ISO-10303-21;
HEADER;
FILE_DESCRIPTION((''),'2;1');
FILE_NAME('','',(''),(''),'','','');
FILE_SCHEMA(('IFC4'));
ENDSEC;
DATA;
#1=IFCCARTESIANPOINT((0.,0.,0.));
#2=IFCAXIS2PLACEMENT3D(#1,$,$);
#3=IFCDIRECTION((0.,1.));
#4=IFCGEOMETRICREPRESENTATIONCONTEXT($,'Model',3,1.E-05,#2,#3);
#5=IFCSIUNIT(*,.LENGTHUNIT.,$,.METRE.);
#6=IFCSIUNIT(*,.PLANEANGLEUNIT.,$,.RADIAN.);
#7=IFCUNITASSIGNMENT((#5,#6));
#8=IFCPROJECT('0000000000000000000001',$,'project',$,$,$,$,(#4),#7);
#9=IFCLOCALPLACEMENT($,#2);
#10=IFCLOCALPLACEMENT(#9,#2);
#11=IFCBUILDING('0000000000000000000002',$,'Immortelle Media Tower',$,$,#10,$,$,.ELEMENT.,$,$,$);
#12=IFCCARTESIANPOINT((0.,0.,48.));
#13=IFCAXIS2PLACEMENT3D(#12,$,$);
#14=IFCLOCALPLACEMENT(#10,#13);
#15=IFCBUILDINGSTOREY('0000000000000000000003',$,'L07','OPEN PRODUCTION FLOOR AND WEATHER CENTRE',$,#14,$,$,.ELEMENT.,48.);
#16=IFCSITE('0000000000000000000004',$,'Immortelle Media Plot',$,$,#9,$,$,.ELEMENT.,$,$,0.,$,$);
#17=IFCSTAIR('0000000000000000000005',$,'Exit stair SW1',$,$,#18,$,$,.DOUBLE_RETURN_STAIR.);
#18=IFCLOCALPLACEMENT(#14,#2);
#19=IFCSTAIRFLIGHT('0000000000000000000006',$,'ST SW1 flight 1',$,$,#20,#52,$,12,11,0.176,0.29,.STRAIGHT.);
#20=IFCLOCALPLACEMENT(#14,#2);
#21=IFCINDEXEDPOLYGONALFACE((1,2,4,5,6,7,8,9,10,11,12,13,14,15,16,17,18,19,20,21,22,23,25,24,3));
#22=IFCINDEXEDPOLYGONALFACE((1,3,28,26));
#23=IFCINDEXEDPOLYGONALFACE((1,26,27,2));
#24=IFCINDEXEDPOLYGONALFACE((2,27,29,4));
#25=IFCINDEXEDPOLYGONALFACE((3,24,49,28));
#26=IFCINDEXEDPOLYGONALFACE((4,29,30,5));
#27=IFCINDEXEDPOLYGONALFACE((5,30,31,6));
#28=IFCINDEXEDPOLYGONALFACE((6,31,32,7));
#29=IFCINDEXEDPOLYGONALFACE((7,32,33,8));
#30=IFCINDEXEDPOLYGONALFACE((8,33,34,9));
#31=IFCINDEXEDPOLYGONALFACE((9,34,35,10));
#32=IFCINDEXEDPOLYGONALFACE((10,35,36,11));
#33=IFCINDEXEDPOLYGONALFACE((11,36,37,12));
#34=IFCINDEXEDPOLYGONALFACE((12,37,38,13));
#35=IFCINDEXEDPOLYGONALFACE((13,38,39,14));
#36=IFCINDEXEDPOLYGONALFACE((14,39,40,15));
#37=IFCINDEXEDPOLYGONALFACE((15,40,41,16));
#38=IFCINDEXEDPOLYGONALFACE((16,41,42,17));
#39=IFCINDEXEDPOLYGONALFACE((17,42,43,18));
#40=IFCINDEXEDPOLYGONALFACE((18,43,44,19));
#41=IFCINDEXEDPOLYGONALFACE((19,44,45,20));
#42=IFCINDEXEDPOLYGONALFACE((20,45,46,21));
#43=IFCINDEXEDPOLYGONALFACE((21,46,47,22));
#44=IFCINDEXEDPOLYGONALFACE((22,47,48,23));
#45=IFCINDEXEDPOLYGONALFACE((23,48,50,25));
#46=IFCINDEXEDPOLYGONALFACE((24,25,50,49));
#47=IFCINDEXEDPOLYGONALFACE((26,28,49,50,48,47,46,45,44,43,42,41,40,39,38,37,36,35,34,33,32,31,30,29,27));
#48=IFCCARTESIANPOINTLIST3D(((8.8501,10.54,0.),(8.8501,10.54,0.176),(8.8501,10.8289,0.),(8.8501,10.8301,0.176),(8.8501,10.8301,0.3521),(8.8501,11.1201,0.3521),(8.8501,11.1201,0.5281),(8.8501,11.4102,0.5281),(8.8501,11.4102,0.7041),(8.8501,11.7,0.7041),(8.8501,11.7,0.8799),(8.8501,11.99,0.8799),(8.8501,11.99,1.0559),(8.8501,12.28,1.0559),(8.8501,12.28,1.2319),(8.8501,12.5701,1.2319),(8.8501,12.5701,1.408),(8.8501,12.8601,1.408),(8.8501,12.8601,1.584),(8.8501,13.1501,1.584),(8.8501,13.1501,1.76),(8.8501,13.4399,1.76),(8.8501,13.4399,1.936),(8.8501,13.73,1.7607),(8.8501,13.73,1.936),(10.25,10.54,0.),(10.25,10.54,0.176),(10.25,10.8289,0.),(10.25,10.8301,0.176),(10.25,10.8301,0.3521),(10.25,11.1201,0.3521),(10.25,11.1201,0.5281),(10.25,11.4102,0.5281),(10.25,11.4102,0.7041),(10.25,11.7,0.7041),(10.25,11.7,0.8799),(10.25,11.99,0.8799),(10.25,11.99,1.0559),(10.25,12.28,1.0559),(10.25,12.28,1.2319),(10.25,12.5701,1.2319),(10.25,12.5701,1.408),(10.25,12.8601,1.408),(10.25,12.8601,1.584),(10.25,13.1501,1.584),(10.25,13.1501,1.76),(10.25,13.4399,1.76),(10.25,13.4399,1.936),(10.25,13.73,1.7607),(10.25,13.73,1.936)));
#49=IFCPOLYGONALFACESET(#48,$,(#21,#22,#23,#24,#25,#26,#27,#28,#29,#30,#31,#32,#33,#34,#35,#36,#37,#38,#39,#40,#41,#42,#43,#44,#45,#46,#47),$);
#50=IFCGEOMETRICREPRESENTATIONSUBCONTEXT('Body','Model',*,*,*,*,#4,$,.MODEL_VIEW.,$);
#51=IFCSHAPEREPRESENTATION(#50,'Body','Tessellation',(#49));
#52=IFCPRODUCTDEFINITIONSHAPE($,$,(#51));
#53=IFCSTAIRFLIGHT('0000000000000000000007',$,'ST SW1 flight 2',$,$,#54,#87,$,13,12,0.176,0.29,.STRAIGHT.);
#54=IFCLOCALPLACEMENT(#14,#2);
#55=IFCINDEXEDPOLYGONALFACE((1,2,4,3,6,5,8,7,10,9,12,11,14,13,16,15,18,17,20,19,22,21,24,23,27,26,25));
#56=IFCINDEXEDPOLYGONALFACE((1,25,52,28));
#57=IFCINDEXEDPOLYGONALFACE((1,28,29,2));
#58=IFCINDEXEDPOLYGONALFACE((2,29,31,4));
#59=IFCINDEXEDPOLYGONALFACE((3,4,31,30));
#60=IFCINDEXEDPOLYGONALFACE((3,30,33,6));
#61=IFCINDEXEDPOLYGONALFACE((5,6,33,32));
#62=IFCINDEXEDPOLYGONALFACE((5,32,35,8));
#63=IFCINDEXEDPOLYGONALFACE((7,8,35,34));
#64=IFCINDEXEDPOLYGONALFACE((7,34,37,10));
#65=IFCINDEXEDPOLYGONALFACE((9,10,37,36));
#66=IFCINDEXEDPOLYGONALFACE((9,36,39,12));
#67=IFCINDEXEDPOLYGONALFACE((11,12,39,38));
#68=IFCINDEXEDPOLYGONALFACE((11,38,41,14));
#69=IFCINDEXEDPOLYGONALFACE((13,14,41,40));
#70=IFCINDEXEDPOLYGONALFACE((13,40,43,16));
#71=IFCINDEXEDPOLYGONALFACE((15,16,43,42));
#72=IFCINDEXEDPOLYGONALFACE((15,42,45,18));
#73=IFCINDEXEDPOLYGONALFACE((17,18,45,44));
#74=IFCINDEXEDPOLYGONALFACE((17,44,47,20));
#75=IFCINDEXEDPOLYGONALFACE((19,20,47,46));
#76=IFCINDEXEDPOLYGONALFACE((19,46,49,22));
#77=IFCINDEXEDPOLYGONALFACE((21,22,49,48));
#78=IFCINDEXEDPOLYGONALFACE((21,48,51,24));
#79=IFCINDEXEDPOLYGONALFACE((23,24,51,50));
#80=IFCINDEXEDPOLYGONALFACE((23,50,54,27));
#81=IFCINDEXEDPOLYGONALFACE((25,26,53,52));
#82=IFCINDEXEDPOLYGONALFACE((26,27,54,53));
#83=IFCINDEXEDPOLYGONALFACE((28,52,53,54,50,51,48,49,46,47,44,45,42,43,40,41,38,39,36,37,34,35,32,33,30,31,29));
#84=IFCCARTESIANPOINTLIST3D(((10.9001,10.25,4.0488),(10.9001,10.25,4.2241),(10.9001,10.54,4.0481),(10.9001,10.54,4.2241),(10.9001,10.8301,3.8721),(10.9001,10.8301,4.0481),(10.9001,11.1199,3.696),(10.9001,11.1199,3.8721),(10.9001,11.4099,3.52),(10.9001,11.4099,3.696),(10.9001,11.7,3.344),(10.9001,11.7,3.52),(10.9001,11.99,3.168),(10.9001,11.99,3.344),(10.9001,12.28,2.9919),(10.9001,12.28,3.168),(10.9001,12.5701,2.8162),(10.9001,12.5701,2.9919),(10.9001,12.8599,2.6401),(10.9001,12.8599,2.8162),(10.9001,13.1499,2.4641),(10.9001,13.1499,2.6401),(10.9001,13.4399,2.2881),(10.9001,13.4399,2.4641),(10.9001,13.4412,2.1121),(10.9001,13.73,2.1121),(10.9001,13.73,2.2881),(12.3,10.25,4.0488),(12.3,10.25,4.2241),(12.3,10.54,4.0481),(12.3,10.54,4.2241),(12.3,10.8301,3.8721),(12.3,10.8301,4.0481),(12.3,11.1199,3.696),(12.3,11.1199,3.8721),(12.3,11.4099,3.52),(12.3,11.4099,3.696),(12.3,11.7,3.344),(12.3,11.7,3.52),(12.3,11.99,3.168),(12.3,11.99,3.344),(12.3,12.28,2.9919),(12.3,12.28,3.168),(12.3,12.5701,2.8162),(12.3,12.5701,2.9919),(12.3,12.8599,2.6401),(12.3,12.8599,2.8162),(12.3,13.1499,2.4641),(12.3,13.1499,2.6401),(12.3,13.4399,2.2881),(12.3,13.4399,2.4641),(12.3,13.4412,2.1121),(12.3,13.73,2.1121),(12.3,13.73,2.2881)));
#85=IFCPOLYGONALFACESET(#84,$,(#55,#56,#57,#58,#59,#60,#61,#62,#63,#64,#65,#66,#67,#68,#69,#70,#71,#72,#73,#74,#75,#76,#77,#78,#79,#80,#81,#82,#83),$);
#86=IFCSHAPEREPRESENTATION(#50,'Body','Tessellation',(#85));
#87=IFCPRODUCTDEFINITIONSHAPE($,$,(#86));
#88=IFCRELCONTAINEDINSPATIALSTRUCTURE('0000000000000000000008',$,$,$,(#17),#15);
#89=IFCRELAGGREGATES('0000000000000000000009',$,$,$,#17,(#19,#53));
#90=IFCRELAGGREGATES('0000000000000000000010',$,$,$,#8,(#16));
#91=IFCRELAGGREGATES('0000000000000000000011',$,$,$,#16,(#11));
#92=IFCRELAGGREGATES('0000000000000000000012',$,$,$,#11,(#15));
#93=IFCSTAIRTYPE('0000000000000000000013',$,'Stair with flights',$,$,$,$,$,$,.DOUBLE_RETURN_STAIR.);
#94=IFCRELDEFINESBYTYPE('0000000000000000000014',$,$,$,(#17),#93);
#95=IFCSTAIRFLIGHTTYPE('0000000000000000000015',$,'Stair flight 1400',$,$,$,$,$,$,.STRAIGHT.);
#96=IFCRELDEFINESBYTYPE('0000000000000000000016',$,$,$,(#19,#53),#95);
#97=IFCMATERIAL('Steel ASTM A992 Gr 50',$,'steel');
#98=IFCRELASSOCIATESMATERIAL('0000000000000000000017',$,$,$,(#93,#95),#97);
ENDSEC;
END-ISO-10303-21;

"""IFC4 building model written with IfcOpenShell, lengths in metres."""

from ifc_helpers import new_model, si_unit, direction, frame, origin, place, context, subcontext, project, spatial, polyline, outline, extrude, material, type_object, element, aggregate, save


model = new_model("IFC4")

# Units and contexts
model_context = context("Model", 3, precision=1e-05, world=origin(), true_north=direction((0.0, 1.0)))
body_context = subcontext(model_context, "Body", "Model", "MODEL_VIEW")
ifc_project = project(units=[si_unit("LENGTHUNIT", "METRE"), si_unit("PLANEANGLEUNIT", "RADIAN")], contexts=[model_context])

# Site, building, storey
site_placement = place(None, origin())
site = spatial("IfcSite", under=ifc_project, at=site_placement, Name="Immortelle Media Plot", CompositionType="ELEMENT", RefElevation=0.0)
building_placement = place(site_placement, origin())
building = spatial("IfcBuilding", under=site, at=building_placement, Name="Immortelle Media Tower", CompositionType="ELEMENT")
storey_placement = place(building_placement, frame((0.0, 0.0, 48.0)))
storey = spatial("IfcBuildingStorey", under=building, at=storey_placement, Name="L07", Description="OPEN PRODUCTION FLOOR AND WEATHER CENTRE", CompositionType="ELEMENT", Elevation=48.0)

# Shared definitions
ifc_material_1 = material(Name="Steel ASTM A992 Gr 50", Category="steel")

# Stair, stair flights
stair_type = type_object("IfcStairType", Name="Stair with flights", PredefinedType="DOUBLE_RETURN_STAIR", material=ifc_material_1)
stair_placement = place(storey_placement, origin())
stair = element("IfcStair", 1, at=stair_placement, inside=storey, type_object=stair_type, Name="Exit stair SW1", PredefinedType="DOUBLE_RETURN_STAIR")
stair_flight_type = type_object("IfcStairFlightType", Name="Stair flight 1400", PredefinedType="STRAIGHT", material=ifc_material_1)
stair_flight_1_placement = place(storey_placement, frame((9.55, 10.54, 0.0), z_axis=(0.0, 0.0, 1.0), x_axis=(0.0, 1.0, 0.0)))
stair_flight_1 = element("IfcStairFlight", 2, at=stair_flight_1_placement, type_object=stair_flight_type, Name="ST SW1 flight 1", NumberOfRisers=12, NumberOfTreads=11, PredefinedType="STRAIGHT", RiserHeight=0.176, TreadLength=0.29, context=body_context, shape_type="SweptSolid", body=[
    extrude(outline(polyline([(0.0, 0.0), (0.0, 0.176), (0.29, 0.176), (0.29, 0.3521), (0.5801, 0.3521), (0.5801, 0.5281), (0.8701, 0.5281), (0.8701, 0.7041), (1.1599, 0.7041), (1.1599, 0.8799), (1.45, 0.8799), (1.45, 1.0559), (1.74, 1.0559), (1.74, 1.2319), (2.03, 1.2319), (2.03, 1.408), (2.3201, 1.408), (2.3201, 1.584), (2.6101, 1.584), (2.6101, 1.76), (2.8999, 1.76), (2.8999, 1.936), (3.1899, 1.936), (3.1899, 2.1121), (3.1899, 1.7607), (0.2888, 0.0), (0.0, 0.0)])), frame((0.0, 0.7, 0.0), z_axis=(0.0, -1.0, 0.0), x_axis=(1.0, 0.0, 0.0)), (0.0, 0.0, 1.0), 1.3999),
])
stair_flight_2_placement = place(storey_placement, frame((11.6001, 13.73, 2.1121), z_axis=(0.0, 0.0, 1.0), x_axis=(0.0, -1.0, 0.0)))
stair_flight_2 = element("IfcStairFlight", 3, at=stair_flight_2_placement, type_object=stair_flight_type, Name="ST SW1 flight 2", NumberOfRisers=13, NumberOfTreads=12, PredefinedType="STRAIGHT", RiserHeight=0.176, TreadLength=0.29, context=body_context, shape_type="SweptSolid", body=[
    extrude(outline(polyline([(0.0, 0.0), (0.0, 0.176), (0.29, 0.176), (0.29, 0.3521), (0.5801, 0.3521), (0.5801, 0.5281), (0.8701, 0.5281), (0.8701, 0.7041), (1.1599, 0.7041), (1.1599, 0.8799), (1.45, 0.8799), (1.45, 1.0559), (1.74, 1.0559), (1.74, 1.2319), (2.03, 1.2319), (2.03, 1.408), (2.3201, 1.408), (2.3201, 1.584), (2.6101, 1.584), (2.6101, 1.76), (2.8999, 1.76), (2.8999, 1.936), (3.1899, 1.936), (3.1899, 2.1121), (3.48, 2.1121), (3.48, 2.2881), (3.48, 1.9368), (0.2888, 0.0), (0.0, 0.0)])), frame((0.0, 0.7, 0.0), z_axis=(0.0, -1.0, 0.0), x_axis=(1.0, 0.0, 0.0)), (0.0, 0.0, 1.0), 1.3999),
])
aggregate(stair, [stair_flight_1, stair_flight_2])

save(model, "model.ifc")
